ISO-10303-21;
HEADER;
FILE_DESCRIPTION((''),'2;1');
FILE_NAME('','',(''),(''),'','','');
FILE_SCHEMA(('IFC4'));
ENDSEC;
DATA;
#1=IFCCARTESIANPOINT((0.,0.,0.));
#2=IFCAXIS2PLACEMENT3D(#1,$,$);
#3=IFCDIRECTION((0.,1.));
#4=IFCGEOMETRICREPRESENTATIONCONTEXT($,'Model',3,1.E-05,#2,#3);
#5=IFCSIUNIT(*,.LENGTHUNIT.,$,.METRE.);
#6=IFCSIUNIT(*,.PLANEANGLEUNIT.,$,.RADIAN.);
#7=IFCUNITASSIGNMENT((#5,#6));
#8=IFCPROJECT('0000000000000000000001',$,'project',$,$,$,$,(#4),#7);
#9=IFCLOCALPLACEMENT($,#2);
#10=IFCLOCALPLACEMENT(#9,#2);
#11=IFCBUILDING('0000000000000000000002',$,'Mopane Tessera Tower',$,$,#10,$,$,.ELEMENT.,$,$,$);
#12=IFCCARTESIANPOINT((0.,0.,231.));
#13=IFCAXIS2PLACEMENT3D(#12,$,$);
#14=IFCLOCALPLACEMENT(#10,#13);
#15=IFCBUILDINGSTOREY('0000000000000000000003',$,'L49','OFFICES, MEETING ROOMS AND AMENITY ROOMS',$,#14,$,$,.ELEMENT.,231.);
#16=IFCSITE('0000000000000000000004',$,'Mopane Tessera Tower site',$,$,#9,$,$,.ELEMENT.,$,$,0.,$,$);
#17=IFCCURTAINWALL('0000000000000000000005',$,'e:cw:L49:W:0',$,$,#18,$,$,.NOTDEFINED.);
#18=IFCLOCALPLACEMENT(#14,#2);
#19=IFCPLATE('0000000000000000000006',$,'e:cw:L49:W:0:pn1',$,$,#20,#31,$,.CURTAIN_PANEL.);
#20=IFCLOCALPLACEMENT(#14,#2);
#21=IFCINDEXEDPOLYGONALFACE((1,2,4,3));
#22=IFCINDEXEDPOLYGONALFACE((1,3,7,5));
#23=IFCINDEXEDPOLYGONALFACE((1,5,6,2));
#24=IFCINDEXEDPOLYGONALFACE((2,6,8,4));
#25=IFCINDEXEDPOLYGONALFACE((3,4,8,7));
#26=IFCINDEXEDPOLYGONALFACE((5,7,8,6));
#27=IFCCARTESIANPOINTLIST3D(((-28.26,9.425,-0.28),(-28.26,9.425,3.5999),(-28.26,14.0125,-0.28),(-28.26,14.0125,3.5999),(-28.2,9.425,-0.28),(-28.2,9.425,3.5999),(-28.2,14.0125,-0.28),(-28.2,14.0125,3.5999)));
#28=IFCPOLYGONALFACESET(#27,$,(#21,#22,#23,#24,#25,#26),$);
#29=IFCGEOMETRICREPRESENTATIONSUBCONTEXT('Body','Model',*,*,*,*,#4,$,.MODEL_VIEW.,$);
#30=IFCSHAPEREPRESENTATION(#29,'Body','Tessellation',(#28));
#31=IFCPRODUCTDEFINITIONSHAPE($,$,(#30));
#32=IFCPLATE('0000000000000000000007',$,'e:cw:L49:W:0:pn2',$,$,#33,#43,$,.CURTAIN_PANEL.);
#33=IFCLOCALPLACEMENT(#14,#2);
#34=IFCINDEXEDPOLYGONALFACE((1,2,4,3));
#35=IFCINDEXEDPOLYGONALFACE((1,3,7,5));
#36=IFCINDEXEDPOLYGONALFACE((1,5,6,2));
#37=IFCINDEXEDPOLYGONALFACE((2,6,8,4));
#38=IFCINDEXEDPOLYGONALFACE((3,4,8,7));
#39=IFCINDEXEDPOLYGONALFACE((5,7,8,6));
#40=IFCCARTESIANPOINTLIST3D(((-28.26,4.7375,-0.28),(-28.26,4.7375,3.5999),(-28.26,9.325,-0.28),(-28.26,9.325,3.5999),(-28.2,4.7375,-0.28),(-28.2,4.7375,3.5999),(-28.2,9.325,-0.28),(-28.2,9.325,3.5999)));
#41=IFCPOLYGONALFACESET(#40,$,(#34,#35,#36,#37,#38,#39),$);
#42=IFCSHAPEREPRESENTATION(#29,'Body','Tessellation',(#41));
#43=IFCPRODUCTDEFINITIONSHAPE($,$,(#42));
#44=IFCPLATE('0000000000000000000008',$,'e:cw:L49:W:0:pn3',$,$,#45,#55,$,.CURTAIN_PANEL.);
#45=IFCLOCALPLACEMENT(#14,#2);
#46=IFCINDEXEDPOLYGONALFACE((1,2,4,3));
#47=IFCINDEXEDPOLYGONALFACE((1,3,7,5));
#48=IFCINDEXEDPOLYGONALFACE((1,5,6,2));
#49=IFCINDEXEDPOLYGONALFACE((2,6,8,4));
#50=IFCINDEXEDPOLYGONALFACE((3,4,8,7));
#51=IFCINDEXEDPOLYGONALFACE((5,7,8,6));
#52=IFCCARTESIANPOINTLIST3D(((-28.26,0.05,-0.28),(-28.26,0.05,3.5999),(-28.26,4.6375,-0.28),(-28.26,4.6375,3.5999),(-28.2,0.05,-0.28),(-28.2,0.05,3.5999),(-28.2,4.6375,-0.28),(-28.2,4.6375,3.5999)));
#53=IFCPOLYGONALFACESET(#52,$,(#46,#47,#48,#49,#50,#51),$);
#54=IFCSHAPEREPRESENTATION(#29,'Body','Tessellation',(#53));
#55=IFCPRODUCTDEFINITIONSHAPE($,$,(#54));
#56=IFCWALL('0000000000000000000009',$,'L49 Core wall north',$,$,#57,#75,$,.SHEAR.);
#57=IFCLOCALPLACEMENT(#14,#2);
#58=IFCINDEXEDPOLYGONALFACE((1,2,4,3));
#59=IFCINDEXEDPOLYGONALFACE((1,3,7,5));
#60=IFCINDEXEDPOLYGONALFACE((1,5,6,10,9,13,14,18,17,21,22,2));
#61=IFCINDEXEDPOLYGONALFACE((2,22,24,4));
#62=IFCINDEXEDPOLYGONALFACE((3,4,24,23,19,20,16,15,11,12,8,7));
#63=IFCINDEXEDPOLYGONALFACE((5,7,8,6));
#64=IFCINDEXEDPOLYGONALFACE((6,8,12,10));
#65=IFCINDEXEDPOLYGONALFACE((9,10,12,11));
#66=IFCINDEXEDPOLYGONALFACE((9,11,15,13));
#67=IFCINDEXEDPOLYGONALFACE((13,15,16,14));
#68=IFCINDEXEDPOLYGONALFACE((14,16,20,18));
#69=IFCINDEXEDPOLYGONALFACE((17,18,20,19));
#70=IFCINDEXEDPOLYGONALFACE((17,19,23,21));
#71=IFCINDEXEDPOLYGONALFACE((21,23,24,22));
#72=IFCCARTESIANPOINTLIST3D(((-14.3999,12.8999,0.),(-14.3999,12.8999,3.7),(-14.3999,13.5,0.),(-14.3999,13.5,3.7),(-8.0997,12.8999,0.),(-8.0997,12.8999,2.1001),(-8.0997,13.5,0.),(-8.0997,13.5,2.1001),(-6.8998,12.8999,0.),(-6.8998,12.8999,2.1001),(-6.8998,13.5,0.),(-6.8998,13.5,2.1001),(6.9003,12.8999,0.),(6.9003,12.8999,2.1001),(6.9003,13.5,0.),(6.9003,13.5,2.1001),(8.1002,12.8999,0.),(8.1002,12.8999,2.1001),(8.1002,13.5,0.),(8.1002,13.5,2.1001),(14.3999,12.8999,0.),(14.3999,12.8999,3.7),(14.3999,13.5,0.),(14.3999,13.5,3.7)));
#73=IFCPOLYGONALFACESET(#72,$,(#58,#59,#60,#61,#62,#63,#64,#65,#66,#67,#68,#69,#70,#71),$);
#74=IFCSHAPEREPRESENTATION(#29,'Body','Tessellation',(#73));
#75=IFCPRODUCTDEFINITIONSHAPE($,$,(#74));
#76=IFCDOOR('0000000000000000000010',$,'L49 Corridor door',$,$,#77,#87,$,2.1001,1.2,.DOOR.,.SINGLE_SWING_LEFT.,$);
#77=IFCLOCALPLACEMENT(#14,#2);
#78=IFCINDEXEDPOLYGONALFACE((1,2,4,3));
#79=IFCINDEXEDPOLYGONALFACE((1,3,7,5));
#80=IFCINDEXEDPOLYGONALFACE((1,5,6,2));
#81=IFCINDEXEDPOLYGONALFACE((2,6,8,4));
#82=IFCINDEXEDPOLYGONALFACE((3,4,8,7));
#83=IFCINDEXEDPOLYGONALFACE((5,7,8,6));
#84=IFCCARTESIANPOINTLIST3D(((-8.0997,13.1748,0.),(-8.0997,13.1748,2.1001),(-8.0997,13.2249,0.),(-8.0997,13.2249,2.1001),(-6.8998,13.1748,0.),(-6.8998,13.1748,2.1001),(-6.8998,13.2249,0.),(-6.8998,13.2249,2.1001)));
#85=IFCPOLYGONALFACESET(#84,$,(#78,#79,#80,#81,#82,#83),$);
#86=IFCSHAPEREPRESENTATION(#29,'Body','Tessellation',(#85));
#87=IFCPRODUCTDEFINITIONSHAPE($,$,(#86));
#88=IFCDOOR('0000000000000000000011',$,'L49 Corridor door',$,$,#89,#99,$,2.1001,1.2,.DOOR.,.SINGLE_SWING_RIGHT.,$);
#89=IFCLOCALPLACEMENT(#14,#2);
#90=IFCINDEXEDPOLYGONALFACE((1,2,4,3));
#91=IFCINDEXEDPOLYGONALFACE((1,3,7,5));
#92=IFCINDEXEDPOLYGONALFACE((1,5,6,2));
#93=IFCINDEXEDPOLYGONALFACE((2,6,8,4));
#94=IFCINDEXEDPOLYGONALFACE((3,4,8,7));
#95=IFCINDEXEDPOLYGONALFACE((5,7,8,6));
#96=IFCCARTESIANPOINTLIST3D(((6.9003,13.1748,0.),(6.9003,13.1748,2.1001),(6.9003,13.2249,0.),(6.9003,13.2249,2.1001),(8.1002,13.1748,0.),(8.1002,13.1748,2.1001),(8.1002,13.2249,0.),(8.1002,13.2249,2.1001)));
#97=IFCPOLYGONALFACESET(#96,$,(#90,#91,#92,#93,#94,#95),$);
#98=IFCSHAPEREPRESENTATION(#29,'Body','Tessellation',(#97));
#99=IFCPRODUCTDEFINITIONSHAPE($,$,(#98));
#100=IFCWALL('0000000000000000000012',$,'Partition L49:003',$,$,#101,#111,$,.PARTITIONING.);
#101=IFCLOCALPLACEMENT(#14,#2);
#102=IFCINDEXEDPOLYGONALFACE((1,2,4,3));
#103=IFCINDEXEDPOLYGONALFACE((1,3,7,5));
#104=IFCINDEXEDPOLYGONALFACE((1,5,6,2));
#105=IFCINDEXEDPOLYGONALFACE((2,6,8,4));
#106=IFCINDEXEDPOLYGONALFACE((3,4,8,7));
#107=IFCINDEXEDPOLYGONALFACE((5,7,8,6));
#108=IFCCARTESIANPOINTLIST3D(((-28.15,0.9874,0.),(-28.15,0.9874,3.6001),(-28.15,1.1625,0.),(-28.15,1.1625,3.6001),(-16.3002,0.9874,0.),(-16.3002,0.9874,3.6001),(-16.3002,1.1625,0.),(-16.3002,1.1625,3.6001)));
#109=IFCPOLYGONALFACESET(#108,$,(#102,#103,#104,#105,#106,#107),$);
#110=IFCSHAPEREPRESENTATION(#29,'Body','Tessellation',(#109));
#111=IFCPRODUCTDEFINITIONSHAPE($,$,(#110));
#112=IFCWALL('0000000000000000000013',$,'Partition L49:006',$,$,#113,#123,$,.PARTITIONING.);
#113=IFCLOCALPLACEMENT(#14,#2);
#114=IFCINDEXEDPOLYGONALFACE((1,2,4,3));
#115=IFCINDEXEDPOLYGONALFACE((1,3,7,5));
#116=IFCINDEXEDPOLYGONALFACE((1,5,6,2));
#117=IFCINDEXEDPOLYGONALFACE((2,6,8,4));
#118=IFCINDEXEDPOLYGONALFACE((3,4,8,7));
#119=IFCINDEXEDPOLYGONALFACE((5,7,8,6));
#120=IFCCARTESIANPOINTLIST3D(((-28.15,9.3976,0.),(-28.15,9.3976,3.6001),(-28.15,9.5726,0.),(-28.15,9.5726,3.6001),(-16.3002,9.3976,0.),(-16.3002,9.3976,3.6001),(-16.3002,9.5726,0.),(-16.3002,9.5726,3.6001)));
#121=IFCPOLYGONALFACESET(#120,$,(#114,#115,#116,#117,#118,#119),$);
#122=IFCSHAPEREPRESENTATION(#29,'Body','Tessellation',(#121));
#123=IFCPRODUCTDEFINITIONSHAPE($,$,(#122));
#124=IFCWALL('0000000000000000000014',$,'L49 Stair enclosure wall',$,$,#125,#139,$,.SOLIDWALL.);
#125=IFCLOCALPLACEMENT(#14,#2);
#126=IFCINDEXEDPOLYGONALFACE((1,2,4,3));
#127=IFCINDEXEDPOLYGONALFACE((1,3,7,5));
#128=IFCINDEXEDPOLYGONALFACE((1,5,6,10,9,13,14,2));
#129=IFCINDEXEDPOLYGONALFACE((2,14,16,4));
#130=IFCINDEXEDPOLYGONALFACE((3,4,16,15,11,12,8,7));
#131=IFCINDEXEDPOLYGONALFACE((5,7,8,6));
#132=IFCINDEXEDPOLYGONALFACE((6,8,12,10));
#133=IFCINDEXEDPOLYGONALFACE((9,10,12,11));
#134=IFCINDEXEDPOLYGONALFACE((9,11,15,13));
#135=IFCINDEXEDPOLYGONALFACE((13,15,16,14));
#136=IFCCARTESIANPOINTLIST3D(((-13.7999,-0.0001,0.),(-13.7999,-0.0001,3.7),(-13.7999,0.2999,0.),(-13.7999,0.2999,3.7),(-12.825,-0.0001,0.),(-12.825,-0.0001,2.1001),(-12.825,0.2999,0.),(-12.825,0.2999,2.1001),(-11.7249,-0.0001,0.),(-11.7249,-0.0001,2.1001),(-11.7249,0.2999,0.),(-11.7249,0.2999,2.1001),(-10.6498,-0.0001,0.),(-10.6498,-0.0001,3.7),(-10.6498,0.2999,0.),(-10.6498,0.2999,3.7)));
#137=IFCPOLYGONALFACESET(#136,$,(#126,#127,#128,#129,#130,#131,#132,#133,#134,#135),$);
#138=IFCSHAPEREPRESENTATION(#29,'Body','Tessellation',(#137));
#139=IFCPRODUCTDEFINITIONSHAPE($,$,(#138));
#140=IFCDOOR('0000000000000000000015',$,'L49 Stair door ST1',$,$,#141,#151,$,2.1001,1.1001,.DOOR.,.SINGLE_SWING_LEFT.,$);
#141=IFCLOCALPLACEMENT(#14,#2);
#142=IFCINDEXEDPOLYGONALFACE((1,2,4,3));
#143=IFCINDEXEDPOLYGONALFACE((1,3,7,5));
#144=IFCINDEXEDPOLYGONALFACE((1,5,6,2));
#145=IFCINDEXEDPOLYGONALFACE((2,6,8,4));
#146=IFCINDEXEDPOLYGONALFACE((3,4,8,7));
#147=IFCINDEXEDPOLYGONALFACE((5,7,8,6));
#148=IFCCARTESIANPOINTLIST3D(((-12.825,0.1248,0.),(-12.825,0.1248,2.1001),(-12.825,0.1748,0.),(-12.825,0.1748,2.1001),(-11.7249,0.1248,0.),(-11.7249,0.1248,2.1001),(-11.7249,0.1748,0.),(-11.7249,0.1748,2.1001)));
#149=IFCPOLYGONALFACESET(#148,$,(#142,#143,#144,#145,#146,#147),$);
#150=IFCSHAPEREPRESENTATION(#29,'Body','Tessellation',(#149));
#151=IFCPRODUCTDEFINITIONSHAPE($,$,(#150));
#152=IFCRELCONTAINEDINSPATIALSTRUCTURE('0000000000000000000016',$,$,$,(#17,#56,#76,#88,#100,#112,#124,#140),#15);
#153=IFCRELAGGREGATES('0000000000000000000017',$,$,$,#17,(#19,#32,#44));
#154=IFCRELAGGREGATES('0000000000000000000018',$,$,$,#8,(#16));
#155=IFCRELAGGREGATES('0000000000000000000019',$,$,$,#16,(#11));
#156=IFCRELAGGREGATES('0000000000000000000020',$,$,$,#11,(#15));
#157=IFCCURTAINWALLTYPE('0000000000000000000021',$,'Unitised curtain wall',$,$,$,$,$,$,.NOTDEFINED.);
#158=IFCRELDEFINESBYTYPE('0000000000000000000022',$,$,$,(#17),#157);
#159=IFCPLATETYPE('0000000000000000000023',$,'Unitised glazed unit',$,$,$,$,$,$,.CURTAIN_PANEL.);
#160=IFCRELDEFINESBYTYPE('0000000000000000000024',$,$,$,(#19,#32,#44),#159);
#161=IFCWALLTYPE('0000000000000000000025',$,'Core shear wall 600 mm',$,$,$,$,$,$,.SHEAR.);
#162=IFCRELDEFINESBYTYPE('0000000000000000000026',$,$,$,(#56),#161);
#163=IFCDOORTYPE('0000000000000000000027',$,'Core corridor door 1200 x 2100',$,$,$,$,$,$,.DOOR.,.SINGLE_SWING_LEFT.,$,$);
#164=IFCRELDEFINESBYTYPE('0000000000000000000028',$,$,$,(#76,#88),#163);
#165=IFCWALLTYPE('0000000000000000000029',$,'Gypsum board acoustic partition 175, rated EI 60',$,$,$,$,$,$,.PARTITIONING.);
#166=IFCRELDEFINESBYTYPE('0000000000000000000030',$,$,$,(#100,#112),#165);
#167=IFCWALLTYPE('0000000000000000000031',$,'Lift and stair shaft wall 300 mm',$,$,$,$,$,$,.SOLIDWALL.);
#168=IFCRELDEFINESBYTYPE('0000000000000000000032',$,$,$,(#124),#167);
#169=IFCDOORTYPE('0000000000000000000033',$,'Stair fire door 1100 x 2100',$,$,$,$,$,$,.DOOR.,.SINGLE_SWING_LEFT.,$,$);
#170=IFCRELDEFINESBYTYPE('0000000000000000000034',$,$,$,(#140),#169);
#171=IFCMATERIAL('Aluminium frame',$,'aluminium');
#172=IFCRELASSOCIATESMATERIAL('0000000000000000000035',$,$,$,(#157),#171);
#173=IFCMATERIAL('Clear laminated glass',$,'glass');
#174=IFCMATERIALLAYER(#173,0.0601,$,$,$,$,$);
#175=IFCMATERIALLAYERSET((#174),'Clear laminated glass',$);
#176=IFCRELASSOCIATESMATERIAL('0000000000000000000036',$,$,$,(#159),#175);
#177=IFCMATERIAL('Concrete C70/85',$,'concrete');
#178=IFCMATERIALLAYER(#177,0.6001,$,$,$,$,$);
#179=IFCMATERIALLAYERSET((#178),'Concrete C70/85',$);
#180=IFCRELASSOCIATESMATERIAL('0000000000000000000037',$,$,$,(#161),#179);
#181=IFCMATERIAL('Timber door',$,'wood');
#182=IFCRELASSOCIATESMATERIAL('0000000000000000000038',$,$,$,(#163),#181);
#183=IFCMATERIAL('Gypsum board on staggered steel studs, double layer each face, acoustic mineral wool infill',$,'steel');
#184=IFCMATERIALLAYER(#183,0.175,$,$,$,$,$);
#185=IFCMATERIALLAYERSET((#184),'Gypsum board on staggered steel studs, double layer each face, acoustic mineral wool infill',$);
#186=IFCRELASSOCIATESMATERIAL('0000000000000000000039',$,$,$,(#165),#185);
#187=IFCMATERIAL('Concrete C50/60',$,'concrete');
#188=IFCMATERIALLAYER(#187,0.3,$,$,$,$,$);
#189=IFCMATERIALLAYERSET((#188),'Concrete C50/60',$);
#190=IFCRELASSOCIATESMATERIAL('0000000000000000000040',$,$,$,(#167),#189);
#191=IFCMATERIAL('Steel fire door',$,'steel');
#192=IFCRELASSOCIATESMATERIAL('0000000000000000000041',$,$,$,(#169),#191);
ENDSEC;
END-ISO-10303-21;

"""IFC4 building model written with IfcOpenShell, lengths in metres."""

from ifc_helpers import new_model, si_unit, direction, frame, frame_2d, origin, origin_2d, place, context, subcontext, project, spatial, rectangle, extrude, material, layer, layer_set, type_object, element, fill, aggregate, save


model = new_model("IFC4")

# Units and contexts
model_context = context("Model", 3, precision=1e-05, world=origin(), true_north=direction((0.0, 1.0)))
body_context = subcontext(model_context, "Body", "Model", "MODEL_VIEW")
ifc_project = project(units=[si_unit("LENGTHUNIT", "METRE"), si_unit("PLANEANGLEUNIT", "RADIAN")], contexts=[model_context])

# Site, building, storey
site_placement = place(None, origin())
site = spatial("IfcSite", under=ifc_project, at=site_placement, Name="Mopane Tessera Tower site", CompositionType="ELEMENT", RefElevation=0.0)
building_placement = place(site_placement, origin())
building = spatial("IfcBuilding", under=site, at=building_placement, Name="Mopane Tessera Tower", CompositionType="ELEMENT")
storey_placement = place(building_placement, frame((0.0, 0.0, 231.0)))
storey = spatial("IfcBuildingStorey", under=building, at=storey_placement, Name="L49", Description="OFFICES, MEETING ROOMS AND AMENITY ROOMS", CompositionType="ELEMENT", Elevation=231.0)

# Curtain wall
ifc_material_1 = material(Name="Aluminium frame", Category="aluminium")
curtain_wall_type = type_object("IfcCurtainWallType", Name="Unitised curtain wall", PredefinedType="NOTDEFINED", material=ifc_material_1)
curtain_wall_placement = place(storey_placement, origin())
curtain_wall = element("IfcCurtainWall", 1, at=curtain_wall_placement, inside=storey, type_object=curtain_wall_type, Name="e:cw:L49:W:0", PredefinedType="NOTDEFINED")

# Plates
ifc_material_2 = material(Name="Clear laminated glass", Category="glass")
ifc_layer_1 = layer(ifc_material_2, 0.0601)
ifc_layer_set_1 = layer_set([ifc_layer_1], Name="Clear laminated glass")
plate_type = type_object("IfcPlateType", Name="Unitised glazed unit", PredefinedType="CURTAIN_PANEL", material=ifc_layer_set_1)
plate_1_placement = place(storey_placement, frame((-28.23, 11.7188, -0.28), z_axis=(0.0, 0.0, 1.0), x_axis=(0.0, -1.0, 0.0)))
plate_1 = element("IfcPlate", 2, at=plate_1_placement, type_object=plate_type, Name="e:cw:L49:W:0:pn1", PredefinedType="CURTAIN_PANEL", context=body_context, shape_type="SweptSolid", body=[
    extrude(rectangle(XDim=4.5874, YDim=0.0601, at=origin_2d()), origin(), (0.0, 0.0, 1.0), 3.8799),
])
plate_2_placement = place(storey_placement, frame((-28.23, 7.0312, -0.28), z_axis=(0.0, 0.0, 1.0), x_axis=(0.0, -1.0, 0.0)))
plate_2 = element("IfcPlate", 3, at=plate_2_placement, type_object=plate_type, Name="e:cw:L49:W:0:pn2", PredefinedType="CURTAIN_PANEL", context=body_context, shape_type="SweptSolid", body=[
    extrude(rectangle(XDim=4.5874, YDim=0.0601, at=origin_2d()), origin(), (0.0, 0.0, 1.0), 3.8799),
])
plate_3_placement = place(storey_placement, frame((-28.23, 2.3438, -0.28), z_axis=(0.0, 0.0, 1.0), x_axis=(0.0, -1.0, 0.0)))
plate_3 = element("IfcPlate", 4, at=plate_3_placement, type_object=plate_type, Name="e:cw:L49:W:0:pn3", PredefinedType="CURTAIN_PANEL", context=body_context, shape_type="SweptSolid", body=[
    extrude(rectangle(XDim=4.5874, YDim=0.0601, at=origin_2d()), origin(), (0.0, 0.0, 1.0), 3.8799),
])
aggregate(curtain_wall, [plate_1, plate_2, plate_3])

# Wall, openings, doors
ifc_material_3 = material(Name="Concrete C70/85", Category="concrete")
ifc_layer_2 = layer(ifc_material_3, 0.6001)
ifc_layer_set_2 = layer_set([ifc_layer_2], Name="Concrete C70/85")
wall_type_1 = type_object("IfcWallType", Name="Core shear wall 600 mm", PredefinedType="SHEAR", material=ifc_layer_set_2)
wall_1_placement = place(storey_placement, frame((-14.3999, 13.2, 0.0), z_axis=(0.0, 0.0, 1.0), x_axis=(1.0, 0.0, 0.0)))
wall_1 = element("IfcWall", 5, at=wall_1_placement, inside=storey, type_object=wall_type_1, Name="L49 Core wall north", PredefinedType="SHEAR", context=body_context, shape_type="SweptSolid", body=[
    extrude(rectangle(XDim=28.7998, YDim=0.6001, at=frame_2d((14.3999, 0.0))), origin(), (0.0, 0.0, 1.0), 3.7),
])
opening_1_placement = place(wall_1_placement, frame((6.3, 0.0, 0.0)))
opening_1 = element("IfcOpeningElement", 6, at=opening_1_placement, cuts=wall_1, PredefinedType="OPENING", context=body_context, shape_type="SweptSolid", body=[
    extrude(rectangle(XDim=1.2, YDim=2.1001, at=frame_2d((0.6001, 1.05))), frame((0.0, 0.312, 0.0), z_axis=(0.0, -1.0, 0.0), x_axis=(1.0, 0.0, 0.0)), (0.0, 0.0, 1.0), 0.624),
])
opening_2_placement = place(wall_1_placement, frame((21.3, 0.0, 0.0)))
opening_2 = element("IfcOpeningElement", 7, at=opening_2_placement, cuts=wall_1, PredefinedType="OPENING", context=body_context, shape_type="SweptSolid", body=[
    extrude(rectangle(XDim=1.2, YDim=2.1001, at=frame_2d((0.6001, 1.05))), frame((0.0, 0.312, 0.0), z_axis=(0.0, -1.0, 0.0), x_axis=(1.0, 0.0, 0.0)), (0.0, 0.0, 1.0), 0.624),
])
ifc_material_4 = material(Name="Timber door", Category="wood")
door_type_1 = type_object("IfcDoorType", Name="Core corridor door 1200 x 2100", OperationType="SINGLE_SWING_LEFT", PredefinedType="DOOR", material=ifc_material_4)
door_1_placement = place(opening_1_placement, origin())
door_1 = element("IfcDoor", 8, at=door_1_placement, inside=storey, type_object=door_type_1, Name="L49 Corridor door", OperationType="SINGLE_SWING_LEFT", OverallHeight=2.1001, OverallWidth=1.2, PredefinedType="DOOR", context=body_context, shape_type="SweptSolid", body=[
    extrude(rectangle(XDim=1.2, YDim=2.1001, at=frame_2d((0.6001, 1.05))), frame((0.0, 0.0249, 0.0), z_axis=(0.0, -1.0, 0.0), x_axis=(1.0, 0.0, 0.0)), (0.0, 0.0, 1.0), 0.05),
])
fill(opening_1, door_1)
door_2_placement = place(opening_2_placement, origin())
door_2 = element("IfcDoor", 9, at=door_2_placement, inside=storey, type_object=door_type_1, Name="L49 Corridor door", OperationType="SINGLE_SWING_RIGHT", OverallHeight=2.1001, OverallWidth=1.2, PredefinedType="DOOR", context=body_context, shape_type="SweptSolid", body=[
    extrude(rectangle(XDim=1.2, YDim=2.1001, at=frame_2d((0.6001, 1.05))), frame((0.0, 0.0249, 0.0), z_axis=(0.0, -1.0, 0.0), x_axis=(1.0, 0.0, 0.0)), (0.0, 0.0, 1.0), 0.05),
])
fill(opening_2, door_2)

# Walls
ifc_material_5 = material(Name="Gypsum board on staggered steel studs, double layer each face, acoustic mineral wool infill", Category="steel")
ifc_layer_3 = layer(ifc_material_5, 0.175)
ifc_layer_set_3 = layer_set([ifc_layer_3], Name="Gypsum board on staggered steel studs, double layer each face, acoustic mineral wool infill")
wall_type_2 = type_object("IfcWallType", Name="Gypsum board acoustic partition 175, rated EI 60", PredefinedType="PARTITIONING", material=ifc_layer_set_3)
for number, where, z_axis, x_axis, name in (
    (10, (-28.1499, 1.075, 0.0), (0.0, 0.0, 1.0), (1.0, 0.0, 0.0), "Partition L49:003"),
    (11, (-28.1499, 9.4851, 0.0), (0.0, 0.0, 1.0), (1.0, 0.0, 0.0), "Partition L49:006"),
):
    element("IfcWall", number, at=place(storey_placement, frame(where, z_axis=z_axis, x_axis=x_axis)), inside=storey, type_object=wall_type_2, Name=name, PredefinedType="PARTITIONING", context=body_context, shape_type="SweptSolid", body=[
        extrude(rectangle(XDim=11.8499, YDim=0.175, at=frame_2d((5.9248, 0.0))), origin(), (0.0, 0.0, 1.0), 3.6001),
    ])

# Wall, opening, door
ifc_material_6 = material(Name="Concrete C50/60", Category="concrete")
ifc_layer_4 = layer(ifc_material_6, 0.3)
ifc_layer_set_4 = layer_set([ifc_layer_4], Name="Concrete C50/60")
wall_type_3 = type_object("IfcWallType", Name="Lift and stair shaft wall 300 mm", PredefinedType="SOLIDWALL", material=ifc_layer_set_4)
wall_2_placement = place(storey_placement, frame((-13.8, 0.1499, 0.0), z_axis=(0.0, 0.0, 1.0), x_axis=(1.0, 0.0, 0.0)))
wall_2 = element("IfcWall", 12, at=wall_2_placement, inside=storey, type_object=wall_type_3, Name="L49 Stair enclosure wall", PredefinedType="SOLIDWALL", context=body_context, shape_type="SweptSolid", body=[
    extrude(rectangle(XDim=3.1501, YDim=0.3, at=frame_2d((1.5752, 0.0))), origin(), (0.0, 0.0, 1.0), 3.7),
])
opening_3_placement = place(wall_2_placement, frame((0.9751, 0.0, 0.0)))
opening_3 = element("IfcOpeningElement", 13, at=opening_3_placement, cuts=wall_2, PredefinedType="OPENING", context=body_context, shape_type="SweptSolid", body=[
    extrude(rectangle(XDim=1.1001, YDim=2.1001, at=frame_2d((0.55, 1.05))), frame((0.0, 0.1621, 0.0), z_axis=(0.0, -1.0, 0.0), x_axis=(1.0, 0.0, 0.0)), (0.0, 0.0, 1.0), 0.324),
])
ifc_material_7 = material(Name="Steel fire door", Category="steel")
door_type_2 = type_object("IfcDoorType", Name="Stair fire door 1100 x 2100", OperationType="SINGLE_SWING_LEFT", PredefinedType="DOOR", material=ifc_material_7)
door_3_placement = place(opening_3_placement, origin())
door_3 = element("IfcDoor", 14, at=door_3_placement, inside=storey, type_object=door_type_2, Name="L49 Stair door ST1", OperationType="SINGLE_SWING_LEFT", OverallHeight=2.1001, OverallWidth=1.1001, PredefinedType="DOOR", context=body_context, shape_type="SweptSolid", body=[
    extrude(rectangle(XDim=1.1001, YDim=2.1001, at=frame_2d((0.55, 1.05))), frame((0.0, 0.0249, 0.0), z_axis=(0.0, -1.0, 0.0), x_axis=(1.0, 0.0, 0.0)), (0.0, 0.0, 1.0), 0.05),
])
fill(opening_3, door_3)

save(model, "model.ifc")
